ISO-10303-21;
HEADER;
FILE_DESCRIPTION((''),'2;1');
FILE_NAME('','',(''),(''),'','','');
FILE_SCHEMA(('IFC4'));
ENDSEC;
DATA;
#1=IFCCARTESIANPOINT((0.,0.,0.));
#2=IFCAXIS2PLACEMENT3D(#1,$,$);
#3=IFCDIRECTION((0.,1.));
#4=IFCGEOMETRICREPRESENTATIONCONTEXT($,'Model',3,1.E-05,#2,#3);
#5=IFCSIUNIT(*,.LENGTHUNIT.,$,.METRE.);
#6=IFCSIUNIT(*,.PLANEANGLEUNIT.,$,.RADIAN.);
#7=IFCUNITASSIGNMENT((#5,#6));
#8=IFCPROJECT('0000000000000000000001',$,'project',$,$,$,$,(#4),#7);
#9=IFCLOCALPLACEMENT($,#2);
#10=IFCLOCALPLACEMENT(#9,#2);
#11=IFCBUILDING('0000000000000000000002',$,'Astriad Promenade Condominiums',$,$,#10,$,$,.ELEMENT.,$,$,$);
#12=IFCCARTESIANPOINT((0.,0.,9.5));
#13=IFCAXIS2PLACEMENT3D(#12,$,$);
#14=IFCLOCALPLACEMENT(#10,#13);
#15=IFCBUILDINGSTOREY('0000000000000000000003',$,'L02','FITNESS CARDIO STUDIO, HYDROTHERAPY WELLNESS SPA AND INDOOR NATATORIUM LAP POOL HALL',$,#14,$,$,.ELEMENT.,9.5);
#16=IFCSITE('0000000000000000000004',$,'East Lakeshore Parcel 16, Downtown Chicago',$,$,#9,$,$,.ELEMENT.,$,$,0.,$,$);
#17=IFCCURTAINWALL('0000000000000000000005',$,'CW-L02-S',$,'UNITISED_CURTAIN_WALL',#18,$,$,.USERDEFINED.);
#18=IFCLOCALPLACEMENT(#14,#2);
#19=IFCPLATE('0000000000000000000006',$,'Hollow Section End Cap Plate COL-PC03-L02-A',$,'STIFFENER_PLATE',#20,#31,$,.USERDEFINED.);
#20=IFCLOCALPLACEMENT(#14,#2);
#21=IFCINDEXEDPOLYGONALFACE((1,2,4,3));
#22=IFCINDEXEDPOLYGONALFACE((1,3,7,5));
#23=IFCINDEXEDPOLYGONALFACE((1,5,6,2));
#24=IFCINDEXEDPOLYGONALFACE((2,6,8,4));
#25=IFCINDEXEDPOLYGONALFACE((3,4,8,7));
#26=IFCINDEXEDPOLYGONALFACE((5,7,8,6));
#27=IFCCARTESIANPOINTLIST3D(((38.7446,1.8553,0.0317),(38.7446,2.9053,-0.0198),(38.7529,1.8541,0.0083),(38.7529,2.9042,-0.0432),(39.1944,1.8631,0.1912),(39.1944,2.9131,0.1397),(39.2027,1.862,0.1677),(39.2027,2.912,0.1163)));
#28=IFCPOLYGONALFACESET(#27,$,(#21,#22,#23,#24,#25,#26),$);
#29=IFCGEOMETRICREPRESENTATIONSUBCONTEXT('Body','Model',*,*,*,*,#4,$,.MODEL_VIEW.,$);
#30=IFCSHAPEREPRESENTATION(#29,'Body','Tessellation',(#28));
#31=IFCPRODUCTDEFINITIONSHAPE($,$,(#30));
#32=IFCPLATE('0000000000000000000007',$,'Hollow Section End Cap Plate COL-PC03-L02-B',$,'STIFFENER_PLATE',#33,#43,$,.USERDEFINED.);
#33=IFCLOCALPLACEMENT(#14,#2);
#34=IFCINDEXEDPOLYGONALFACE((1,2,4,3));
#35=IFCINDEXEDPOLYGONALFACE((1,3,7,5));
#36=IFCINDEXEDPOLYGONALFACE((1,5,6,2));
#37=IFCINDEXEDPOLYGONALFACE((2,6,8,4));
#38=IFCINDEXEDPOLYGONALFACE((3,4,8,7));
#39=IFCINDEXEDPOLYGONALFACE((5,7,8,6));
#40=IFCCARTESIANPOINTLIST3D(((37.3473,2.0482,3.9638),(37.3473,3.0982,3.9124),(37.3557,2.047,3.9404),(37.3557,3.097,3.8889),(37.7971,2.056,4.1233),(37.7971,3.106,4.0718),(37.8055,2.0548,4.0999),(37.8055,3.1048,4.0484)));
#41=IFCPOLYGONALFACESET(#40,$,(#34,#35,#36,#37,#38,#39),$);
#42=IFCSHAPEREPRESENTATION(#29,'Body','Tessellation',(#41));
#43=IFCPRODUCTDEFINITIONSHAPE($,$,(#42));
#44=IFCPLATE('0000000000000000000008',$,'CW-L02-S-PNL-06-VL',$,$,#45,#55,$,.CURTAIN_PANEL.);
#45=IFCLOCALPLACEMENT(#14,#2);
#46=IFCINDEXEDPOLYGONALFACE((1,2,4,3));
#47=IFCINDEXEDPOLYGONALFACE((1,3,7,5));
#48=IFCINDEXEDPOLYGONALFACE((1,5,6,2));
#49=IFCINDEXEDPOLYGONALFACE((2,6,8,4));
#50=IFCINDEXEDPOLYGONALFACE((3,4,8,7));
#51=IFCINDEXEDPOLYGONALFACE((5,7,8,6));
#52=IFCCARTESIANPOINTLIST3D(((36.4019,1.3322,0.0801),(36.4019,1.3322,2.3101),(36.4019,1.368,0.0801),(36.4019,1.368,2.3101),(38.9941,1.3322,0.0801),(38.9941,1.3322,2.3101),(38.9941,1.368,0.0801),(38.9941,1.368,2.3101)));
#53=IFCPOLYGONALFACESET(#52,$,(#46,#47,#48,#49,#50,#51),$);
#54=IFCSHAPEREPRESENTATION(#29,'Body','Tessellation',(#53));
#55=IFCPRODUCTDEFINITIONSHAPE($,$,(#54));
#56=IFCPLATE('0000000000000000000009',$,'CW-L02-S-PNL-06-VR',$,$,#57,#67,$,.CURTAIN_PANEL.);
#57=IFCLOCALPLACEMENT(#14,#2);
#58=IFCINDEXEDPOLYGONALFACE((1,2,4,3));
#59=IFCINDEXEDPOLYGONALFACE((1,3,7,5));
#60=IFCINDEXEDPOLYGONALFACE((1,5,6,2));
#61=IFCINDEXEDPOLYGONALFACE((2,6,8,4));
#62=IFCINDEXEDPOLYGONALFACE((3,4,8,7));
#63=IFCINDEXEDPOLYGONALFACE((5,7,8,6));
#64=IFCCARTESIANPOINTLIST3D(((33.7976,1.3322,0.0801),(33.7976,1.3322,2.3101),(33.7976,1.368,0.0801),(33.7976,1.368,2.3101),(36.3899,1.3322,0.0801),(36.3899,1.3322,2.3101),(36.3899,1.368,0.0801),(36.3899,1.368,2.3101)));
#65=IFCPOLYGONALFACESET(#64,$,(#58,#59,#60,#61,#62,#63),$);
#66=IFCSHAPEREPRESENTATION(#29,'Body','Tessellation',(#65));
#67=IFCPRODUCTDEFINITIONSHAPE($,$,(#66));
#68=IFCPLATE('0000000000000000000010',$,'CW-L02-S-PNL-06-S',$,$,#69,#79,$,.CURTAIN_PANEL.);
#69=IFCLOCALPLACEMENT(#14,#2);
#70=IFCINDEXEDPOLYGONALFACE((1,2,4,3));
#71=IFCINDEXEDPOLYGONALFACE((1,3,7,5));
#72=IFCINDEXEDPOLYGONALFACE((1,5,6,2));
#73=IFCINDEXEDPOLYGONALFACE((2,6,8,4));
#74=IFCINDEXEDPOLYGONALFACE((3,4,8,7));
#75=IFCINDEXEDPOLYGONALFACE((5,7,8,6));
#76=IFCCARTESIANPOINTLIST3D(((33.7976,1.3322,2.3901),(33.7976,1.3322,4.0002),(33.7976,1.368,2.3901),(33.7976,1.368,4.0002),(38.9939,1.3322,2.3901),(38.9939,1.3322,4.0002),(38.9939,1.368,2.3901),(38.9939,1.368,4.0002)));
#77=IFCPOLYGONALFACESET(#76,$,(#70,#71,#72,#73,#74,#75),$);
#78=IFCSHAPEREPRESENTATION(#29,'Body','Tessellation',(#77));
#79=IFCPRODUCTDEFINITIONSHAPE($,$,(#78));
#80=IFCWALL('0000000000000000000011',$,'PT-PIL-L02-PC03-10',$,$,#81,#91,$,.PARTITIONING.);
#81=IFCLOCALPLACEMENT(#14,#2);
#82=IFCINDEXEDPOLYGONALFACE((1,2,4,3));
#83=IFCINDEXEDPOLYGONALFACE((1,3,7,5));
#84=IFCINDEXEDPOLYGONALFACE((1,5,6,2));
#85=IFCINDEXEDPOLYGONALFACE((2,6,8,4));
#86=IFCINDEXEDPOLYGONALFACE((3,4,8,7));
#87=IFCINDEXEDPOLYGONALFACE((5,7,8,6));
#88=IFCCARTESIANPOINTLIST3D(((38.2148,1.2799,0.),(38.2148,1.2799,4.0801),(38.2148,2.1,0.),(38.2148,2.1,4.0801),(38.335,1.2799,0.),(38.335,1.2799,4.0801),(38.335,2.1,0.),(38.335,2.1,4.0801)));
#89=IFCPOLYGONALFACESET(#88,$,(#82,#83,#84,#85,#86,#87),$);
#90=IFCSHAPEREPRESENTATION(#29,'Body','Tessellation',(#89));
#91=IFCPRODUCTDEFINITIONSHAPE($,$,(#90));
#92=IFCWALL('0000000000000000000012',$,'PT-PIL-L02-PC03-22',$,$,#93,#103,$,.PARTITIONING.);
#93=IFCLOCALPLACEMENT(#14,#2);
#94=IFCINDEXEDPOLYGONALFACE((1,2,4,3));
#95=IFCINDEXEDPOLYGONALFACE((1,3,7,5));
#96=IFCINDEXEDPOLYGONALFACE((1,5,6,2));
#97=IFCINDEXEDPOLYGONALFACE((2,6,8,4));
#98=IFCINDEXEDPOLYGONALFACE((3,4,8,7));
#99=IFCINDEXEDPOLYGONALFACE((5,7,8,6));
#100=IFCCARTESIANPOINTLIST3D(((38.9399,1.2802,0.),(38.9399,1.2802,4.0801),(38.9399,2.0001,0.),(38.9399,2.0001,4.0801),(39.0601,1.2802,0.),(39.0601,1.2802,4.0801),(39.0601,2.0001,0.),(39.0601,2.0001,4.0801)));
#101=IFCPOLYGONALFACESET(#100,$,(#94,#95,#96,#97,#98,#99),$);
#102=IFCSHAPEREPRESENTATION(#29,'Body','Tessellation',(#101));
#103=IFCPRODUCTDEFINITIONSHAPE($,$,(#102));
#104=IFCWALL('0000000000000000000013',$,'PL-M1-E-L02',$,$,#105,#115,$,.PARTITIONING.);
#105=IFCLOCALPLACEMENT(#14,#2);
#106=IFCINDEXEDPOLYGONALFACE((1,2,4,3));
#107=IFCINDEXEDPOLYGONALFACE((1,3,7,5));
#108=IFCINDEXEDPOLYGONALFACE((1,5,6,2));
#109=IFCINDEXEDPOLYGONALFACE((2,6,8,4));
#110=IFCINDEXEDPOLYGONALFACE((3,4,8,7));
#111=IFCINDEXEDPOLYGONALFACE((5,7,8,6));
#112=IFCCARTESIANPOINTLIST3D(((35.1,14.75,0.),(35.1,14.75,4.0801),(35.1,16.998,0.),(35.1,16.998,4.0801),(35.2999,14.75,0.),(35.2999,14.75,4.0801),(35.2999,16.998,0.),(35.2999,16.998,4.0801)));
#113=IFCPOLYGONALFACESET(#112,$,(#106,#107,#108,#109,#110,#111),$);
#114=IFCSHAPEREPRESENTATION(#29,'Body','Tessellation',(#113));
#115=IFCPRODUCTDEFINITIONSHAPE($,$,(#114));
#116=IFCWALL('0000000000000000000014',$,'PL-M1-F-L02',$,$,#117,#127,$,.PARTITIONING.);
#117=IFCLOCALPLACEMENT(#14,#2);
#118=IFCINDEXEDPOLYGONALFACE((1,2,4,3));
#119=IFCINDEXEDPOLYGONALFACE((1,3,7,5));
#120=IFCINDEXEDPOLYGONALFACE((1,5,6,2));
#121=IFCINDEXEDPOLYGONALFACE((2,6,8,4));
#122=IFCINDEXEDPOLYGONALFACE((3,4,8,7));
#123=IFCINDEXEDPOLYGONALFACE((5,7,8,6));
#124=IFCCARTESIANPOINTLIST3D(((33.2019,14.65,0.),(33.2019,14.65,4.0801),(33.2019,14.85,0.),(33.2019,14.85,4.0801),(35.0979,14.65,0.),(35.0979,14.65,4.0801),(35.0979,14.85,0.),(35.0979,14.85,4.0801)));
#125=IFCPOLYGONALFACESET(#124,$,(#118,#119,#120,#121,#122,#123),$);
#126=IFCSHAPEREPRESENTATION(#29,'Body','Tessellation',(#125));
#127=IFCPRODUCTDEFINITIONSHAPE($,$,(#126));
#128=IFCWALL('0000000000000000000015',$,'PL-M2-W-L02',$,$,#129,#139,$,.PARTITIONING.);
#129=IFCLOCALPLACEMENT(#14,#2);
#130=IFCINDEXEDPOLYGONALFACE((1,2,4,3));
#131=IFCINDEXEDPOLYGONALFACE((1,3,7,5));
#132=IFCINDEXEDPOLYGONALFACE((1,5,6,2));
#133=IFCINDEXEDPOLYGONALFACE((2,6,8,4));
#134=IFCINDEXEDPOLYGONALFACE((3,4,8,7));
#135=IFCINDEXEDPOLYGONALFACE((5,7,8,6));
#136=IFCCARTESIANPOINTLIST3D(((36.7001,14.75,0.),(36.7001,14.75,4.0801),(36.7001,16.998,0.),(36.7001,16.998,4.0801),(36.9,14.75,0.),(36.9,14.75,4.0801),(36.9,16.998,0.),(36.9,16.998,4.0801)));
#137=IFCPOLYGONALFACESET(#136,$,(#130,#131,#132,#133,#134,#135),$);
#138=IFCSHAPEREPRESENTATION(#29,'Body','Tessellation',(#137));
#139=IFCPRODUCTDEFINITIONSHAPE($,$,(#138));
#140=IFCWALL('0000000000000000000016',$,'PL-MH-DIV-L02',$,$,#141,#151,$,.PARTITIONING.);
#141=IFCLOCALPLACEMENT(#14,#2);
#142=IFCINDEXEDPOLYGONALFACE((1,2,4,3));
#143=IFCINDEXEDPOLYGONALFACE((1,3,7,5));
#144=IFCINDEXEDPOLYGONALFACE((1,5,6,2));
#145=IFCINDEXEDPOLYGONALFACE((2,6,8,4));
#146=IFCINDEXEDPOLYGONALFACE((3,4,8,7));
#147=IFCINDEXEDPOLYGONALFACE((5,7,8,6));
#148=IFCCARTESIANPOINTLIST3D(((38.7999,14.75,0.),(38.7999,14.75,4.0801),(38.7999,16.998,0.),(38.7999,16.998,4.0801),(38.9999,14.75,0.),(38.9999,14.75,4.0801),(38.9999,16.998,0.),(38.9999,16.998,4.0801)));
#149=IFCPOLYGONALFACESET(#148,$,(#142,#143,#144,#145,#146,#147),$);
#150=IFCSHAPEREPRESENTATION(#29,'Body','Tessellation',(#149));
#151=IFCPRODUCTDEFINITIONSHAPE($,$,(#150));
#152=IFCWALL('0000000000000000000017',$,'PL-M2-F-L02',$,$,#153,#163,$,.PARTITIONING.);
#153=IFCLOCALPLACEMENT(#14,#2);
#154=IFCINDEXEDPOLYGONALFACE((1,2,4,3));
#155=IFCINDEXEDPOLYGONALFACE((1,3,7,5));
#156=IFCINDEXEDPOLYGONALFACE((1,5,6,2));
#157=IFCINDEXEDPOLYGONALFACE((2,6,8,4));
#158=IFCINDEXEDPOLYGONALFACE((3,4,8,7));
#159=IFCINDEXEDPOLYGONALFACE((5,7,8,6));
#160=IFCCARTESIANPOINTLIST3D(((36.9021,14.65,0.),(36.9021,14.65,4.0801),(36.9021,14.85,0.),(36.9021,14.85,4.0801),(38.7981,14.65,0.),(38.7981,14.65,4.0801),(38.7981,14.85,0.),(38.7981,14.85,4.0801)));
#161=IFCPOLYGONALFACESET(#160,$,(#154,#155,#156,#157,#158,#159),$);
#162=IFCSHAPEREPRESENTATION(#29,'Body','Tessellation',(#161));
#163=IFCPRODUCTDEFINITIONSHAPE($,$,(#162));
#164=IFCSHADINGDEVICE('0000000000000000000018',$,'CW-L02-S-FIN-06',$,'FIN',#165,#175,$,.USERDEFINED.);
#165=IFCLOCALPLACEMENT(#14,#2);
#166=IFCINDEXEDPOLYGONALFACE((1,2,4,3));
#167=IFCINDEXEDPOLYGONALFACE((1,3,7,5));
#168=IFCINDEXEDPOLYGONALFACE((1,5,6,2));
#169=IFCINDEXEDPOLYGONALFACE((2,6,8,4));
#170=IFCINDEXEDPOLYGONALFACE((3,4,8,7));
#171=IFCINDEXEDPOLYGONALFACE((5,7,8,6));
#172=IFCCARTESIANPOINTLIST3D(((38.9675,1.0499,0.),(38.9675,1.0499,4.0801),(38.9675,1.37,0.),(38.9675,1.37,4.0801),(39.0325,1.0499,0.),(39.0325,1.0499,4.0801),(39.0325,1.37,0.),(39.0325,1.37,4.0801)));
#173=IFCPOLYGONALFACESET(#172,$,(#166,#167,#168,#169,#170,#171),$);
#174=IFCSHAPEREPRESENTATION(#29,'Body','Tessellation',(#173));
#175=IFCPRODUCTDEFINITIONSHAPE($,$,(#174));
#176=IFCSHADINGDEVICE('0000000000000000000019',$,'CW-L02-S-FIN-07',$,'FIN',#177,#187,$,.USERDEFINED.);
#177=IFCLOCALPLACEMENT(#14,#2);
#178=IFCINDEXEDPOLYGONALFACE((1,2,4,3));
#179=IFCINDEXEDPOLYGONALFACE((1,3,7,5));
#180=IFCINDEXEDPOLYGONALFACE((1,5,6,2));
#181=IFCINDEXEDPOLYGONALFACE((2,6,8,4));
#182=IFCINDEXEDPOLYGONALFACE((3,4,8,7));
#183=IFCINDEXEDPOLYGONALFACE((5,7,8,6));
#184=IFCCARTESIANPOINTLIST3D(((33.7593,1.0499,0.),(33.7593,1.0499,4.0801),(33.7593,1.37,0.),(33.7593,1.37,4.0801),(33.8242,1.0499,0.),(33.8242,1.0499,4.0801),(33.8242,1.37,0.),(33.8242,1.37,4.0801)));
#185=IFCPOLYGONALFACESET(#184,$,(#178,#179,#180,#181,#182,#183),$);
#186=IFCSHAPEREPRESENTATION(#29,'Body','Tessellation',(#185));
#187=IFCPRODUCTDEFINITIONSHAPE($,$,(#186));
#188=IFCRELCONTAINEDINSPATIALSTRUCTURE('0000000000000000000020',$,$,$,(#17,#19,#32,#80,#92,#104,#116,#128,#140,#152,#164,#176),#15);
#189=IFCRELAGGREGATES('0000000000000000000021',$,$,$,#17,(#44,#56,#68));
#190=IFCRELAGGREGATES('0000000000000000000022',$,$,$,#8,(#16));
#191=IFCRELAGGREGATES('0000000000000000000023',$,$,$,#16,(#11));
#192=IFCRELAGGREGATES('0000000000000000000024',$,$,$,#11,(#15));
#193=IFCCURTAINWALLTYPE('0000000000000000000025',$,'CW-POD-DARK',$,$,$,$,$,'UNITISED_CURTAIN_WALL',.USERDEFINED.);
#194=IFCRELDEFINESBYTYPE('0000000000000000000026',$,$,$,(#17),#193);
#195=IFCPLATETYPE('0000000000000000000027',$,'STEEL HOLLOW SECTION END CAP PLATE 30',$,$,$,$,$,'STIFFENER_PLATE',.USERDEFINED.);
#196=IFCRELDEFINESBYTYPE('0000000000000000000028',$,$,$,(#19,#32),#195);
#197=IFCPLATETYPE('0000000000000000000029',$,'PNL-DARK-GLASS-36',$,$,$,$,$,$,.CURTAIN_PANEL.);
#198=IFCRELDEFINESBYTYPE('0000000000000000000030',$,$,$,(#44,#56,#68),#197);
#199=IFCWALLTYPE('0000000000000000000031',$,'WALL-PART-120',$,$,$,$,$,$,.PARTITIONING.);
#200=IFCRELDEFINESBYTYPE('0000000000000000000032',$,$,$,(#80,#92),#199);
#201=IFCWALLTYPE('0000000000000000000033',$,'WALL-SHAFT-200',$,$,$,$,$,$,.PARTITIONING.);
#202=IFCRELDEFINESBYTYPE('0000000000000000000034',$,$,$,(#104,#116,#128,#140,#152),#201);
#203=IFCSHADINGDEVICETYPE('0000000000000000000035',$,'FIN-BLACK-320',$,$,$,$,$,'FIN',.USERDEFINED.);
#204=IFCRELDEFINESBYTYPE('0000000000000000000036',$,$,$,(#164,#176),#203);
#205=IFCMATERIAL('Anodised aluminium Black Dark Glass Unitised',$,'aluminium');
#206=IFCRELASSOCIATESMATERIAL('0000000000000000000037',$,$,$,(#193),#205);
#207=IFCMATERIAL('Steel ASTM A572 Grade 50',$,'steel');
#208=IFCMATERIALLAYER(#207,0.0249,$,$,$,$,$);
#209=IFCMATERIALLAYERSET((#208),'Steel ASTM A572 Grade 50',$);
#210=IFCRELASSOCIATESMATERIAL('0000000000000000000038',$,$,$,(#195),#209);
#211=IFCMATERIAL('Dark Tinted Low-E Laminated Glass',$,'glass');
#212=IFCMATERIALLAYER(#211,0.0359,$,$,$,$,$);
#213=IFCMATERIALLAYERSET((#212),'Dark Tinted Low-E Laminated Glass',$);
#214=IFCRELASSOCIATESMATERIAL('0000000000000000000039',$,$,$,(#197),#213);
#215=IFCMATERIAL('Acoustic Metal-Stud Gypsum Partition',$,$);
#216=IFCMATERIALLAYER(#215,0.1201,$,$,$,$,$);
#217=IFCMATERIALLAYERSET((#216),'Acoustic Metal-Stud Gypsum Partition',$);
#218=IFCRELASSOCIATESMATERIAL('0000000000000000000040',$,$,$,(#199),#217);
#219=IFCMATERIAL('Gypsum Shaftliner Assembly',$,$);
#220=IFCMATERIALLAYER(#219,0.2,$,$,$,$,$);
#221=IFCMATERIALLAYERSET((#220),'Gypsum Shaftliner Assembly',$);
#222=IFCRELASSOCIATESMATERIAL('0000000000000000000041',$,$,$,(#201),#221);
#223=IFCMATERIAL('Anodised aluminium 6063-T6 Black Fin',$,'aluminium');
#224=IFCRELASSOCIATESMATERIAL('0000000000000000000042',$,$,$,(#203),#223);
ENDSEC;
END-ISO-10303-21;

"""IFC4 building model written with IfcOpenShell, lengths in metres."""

from ifc_helpers import new_model, si_unit, direction, frame, frame_2d, origin, origin_2d, place, context, subcontext, project, spatial, rectangle, extrude, source, transform, mapped, material, layer, layer_set, type_object, type_shapes, element, aggregate, save


model = new_model("IFC4")

# Units and contexts
model_context = context("Model", 3, precision=1e-05, world=origin(), true_north=direction((0.0, 1.0)))
body_context = subcontext(model_context, "Body", "Model", "MODEL_VIEW")
ifc_project = project(units=[si_unit("LENGTHUNIT", "METRE"), si_unit("PLANEANGLEUNIT", "RADIAN")], contexts=[model_context])

# Site, building, storey
site_placement = place(None, origin())
site = spatial("IfcSite", under=ifc_project, at=site_placement, Name="East Lakeshore Parcel 16, Downtown Chicago", CompositionType="ELEMENT", RefElevation=0.0)
building_placement = place(site_placement, origin())
building = spatial("IfcBuilding", under=site, at=building_placement, Name="Astriad Promenade Condominiums", CompositionType="ELEMENT")
storey_placement = place(building_placement, frame((0.0, 0.0, 9.5)))
storey = spatial("IfcBuildingStorey", under=building, at=storey_placement, Name="L02", Description="FITNESS CARDIO STUDIO, HYDROTHERAPY WELLNESS SPA AND INDOOR NATATORIUM LAP POOL HALL", CompositionType="ELEMENT", Elevation=9.5)

# Curtain wall
ifc_material_1 = material(Name="Anodised aluminium Black Dark Glass Unitised", Category="aluminium")
curtain_wall_type = type_object("IfcCurtainWallType", Name="CW-POD-DARK", ElementType="UNITISED_CURTAIN_WALL", PredefinedType="USERDEFINED", material=ifc_material_1)
curtain_wall_placement = place(storey_placement, origin())
curtain_wall = element("IfcCurtainWall", 1, at=curtain_wall_placement, inside=storey, type_object=curtain_wall_type, Name="CW-L02-S", ObjectType="UNITISED_CURTAIN_WALL", PredefinedType="USERDEFINED")

# Plates
ifc_material_2 = material(Name="Steel ASTM A572 Grade 50", Category="steel")
ifc_layer_1 = layer(ifc_material_2, 0.0249)
ifc_layer_set_1 = layer_set([ifc_layer_1], Name="Steel ASTM A572 Grade 50")
plate_type_1 = type_object("IfcPlateType", Name="STEEL HOLLOW SECTION END CAP PLATE 30", ElementType="STIFFENER_PLATE", PredefinedType="USERDEFINED", material=ifc_layer_set_1)
shared_shape_1 = source(origin(), body_context, "Body", "SweptSolid", [
    extrude(rectangle(XDim=0.4773, YDim=1.0513, at=origin_2d()), origin(), (0.0, 0.0, 1.0), 0.0249),
])
type_shapes(plate_type_1, [shared_shape_1])
for number, where, z_axis, x_axis, name in (
    (2, (38.9778, 2.3831, 0.0623), (-0.334513, 0.046143, 0.941261), (1.0, 0.0, 0.0), "Hollow Section End Cap Plate COL-PC03-L02-A"),
    (3, (37.5806, 2.5759, 3.9944), (-0.334513, 0.046143, 0.941261), (1.0, 0.0, 0.0), "Hollow Section End Cap Plate COL-PC03-L02-B"),
):
    element("IfcPlate", number, at=place(storey_placement, frame(where, z_axis=z_axis, x_axis=x_axis)), inside=storey, type_object=plate_type_1, Name=name, ObjectType="STIFFENER_PLATE", PredefinedType="USERDEFINED", context=body_context, shape_type="MappedRepresentation", body=[
        mapped(shared_shape_1, transform((0.0, 0.0, 0.0), scale=1.0)),
    ])

# Plates
ifc_material_3 = material(Name="Dark Tinted Low-E Laminated Glass", Category="glass")
ifc_layer_2 = layer(ifc_material_3, 0.0359)
ifc_layer_set_2 = layer_set([ifc_layer_2], Name="Dark Tinted Low-E Laminated Glass")
plate_type_2 = type_object("IfcPlateType", Name="PNL-DARK-GLASS-36", PredefinedType="CURTAIN_PANEL", material=ifc_layer_set_2)
shared_shape_2 = source(origin(), body_context, "Body", "SweptSolid", [
    extrude(rectangle(XDim=2.5923, YDim=0.0359, at=origin_2d()), origin(), (0.0, 0.0, 1.0), 2.23),
])
plate_1_placement = place(storey_placement, frame((37.698, 1.3501, 0.0801), z_axis=(0.0, 0.0, 1.0), x_axis=(-1.0, 0.0, 0.0)))
plate_1 = element("IfcPlate", 4, at=plate_1_placement, type_object=plate_type_2, Name="CW-L02-S-PNL-06-VL", PredefinedType="CURTAIN_PANEL", context=body_context, shape_type="MappedRepresentation", body=[
    mapped(shared_shape_2, transform((0.0, 0.0, 0.0), scale=1.0)),
])
plate_2_placement = place(storey_placement, frame((35.0938, 1.3501, 0.0801), z_axis=(0.0, 0.0, 1.0), x_axis=(-1.0, 0.0, 0.0)))
plate_2 = element("IfcPlate", 5, at=plate_2_placement, type_object=plate_type_2, Name="CW-L02-S-PNL-06-VR", PredefinedType="CURTAIN_PANEL", context=body_context, shape_type="MappedRepresentation", body=[
    mapped(shared_shape_2, transform((0.0, 0.0, 0.0), scale=1.0)),
])
shared_shape_3 = source(origin(), body_context, "Body", "SweptSolid", [
    extrude(rectangle(XDim=5.1963, YDim=0.0359, at=origin_2d()), origin(), (0.0, 0.0, 1.0), 1.6101),
])
type_shapes(plate_type_2, [shared_shape_2, shared_shape_3])
plate_3_placement = place(storey_placement, frame((36.3958, 1.3501, 2.3901), z_axis=(0.0, 0.0, 1.0), x_axis=(-1.0, 0.0, 0.0)))
plate_3 = element("IfcPlate", 6, at=plate_3_placement, type_object=plate_type_2, Name="CW-L02-S-PNL-06-S", PredefinedType="CURTAIN_PANEL", context=body_context, shape_type="MappedRepresentation", body=[
    mapped(shared_shape_3, transform((0.0, 0.0, 0.0), scale=1.0)),
])
aggregate(curtain_wall, [plate_1, plate_2, plate_3])

# Walls
ifc_material_4 = material(Name="Acoustic Metal-Stud Gypsum Partition")
ifc_layer_3 = layer(ifc_material_4, 0.1201)
ifc_layer_set_3 = layer_set([ifc_layer_3], Name="Acoustic Metal-Stud Gypsum Partition")
wall_type_1 = type_object("IfcWallType", Name="WALL-PART-120", PredefinedType="PARTITIONING", material=ifc_layer_set_3)
wall_1_placement = place(storey_placement, frame((38.2749, 2.1001, 0.0), z_axis=(0.0, 0.0, 1.0), x_axis=(0.0, -1.0, 0.0)))
element("IfcWall", 7, at=wall_1_placement, inside=storey, type_object=wall_type_1, Name="PT-PIL-L02-PC03-10", PredefinedType="PARTITIONING", context=body_context, shape_type="SweptSolid", body=[
    extrude(rectangle(XDim=0.8201, YDim=0.1201, at=frame_2d((0.4102, 0.0))), origin(), (0.0, 0.0, 1.0), 4.0801),
])
wall_2_placement = place(storey_placement, frame((39.0, 2.0, 0.0), z_axis=(0.0, 0.0, 1.0), x_axis=(0.0, -1.0, 0.0)))
element("IfcWall", 8, at=wall_2_placement, inside=storey, type_object=wall_type_1, Name="PT-PIL-L02-PC03-22", PredefinedType="PARTITIONING", context=body_context, shape_type="SweptSolid", body=[
    extrude(rectangle(XDim=0.72, YDim=0.1201, at=frame_2d((0.3599, 0.0))), origin(), (0.0, 0.0, 1.0), 4.0801),
])
ifc_material_5 = material(Name="Gypsum Shaftliner Assembly")
ifc_layer_4 = layer(ifc_material_5, 0.2)
ifc_layer_set_4 = layer_set([ifc_layer_4], Name="Gypsum Shaftliner Assembly")
wall_type_2 = type_object("IfcWallType", Name="WALL-SHAFT-200", PredefinedType="PARTITIONING", material=ifc_layer_set_4)
wall_3_placement = place(storey_placement, frame((35.2, 14.75, 0.0), z_axis=(0.0, 0.0, 1.0), x_axis=(0.0, 1.0, 0.0)))
element("IfcWall", 9, at=wall_3_placement, inside=storey, type_object=wall_type_2, Name="PL-M1-E-L02", PredefinedType="PARTITIONING", context=body_context, shape_type="SweptSolid", body=[
    extrude(rectangle(XDim=2.248, YDim=0.2, at=frame_2d((1.124, 0.0))), origin(), (0.0, 0.0, 1.0), 4.0801),
])
wall_4_placement = place(storey_placement, frame((33.2019, 14.75, 0.0), z_axis=(0.0, 0.0, 1.0), x_axis=(1.0, 0.0, 0.0)))
element("IfcWall", 10, at=wall_4_placement, inside=storey, type_object=wall_type_2, Name="PL-M1-F-L02", PredefinedType="PARTITIONING", context=body_context, shape_type="SweptSolid", body=[
    extrude(rectangle(XDim=1.896, YDim=0.2, at=frame_2d((0.948, 0.0))), origin(), (0.0, 0.0, 1.0), 4.0801),
])
for number, where, z_axis, x_axis, name in (
    (11, (36.8, 14.75, 0.0), (0.0, 0.0, 1.0), (0.0, 1.0, 0.0), "PL-M2-W-L02"),
    (12, (38.8999, 14.75, 0.0), (0.0, 0.0, 1.0), (0.0, 1.0, 0.0), "PL-MH-DIV-L02"),
):
    element("IfcWall", number, at=place(storey_placement, frame(where, z_axis=z_axis, x_axis=x_axis)), inside=storey, type_object=wall_type_2, Name=name, PredefinedType="PARTITIONING", context=body_context, shape_type="SweptSolid", body=[
        extrude(rectangle(XDim=2.248, YDim=0.2, at=frame_2d((1.124, 0.0))), origin(), (0.0, 0.0, 1.0), 4.0801),
    ])
wall_5_placement = place(storey_placement, frame((36.9021, 14.75, 0.0), z_axis=(0.0, 0.0, 1.0), x_axis=(1.0, 0.0, 0.0)))
element("IfcWall", 13, at=wall_5_placement, inside=storey, type_object=wall_type_2, Name="PL-M2-F-L02", PredefinedType="PARTITIONING", context=body_context, shape_type="SweptSolid", body=[
    extrude(rectangle(XDim=1.896, YDim=0.2, at=frame_2d((0.948, 0.0))), origin(), (0.0, 0.0, 1.0), 4.0801),
])

# Shading devices
ifc_material_6 = material(Name="Anodised aluminium 6063-T6 Black Fin", Category="aluminium")
shading_device_type = type_object("IfcShadingDeviceType", Name="FIN-BLACK-320", ElementType="FIN", PredefinedType="USERDEFINED", material=ifc_material_6)
shared_shape_4 = source(origin(), body_context, "Body", "SweptSolid", [
    extrude(rectangle(XDim=0.0649, YDim=0.3201, at=origin_2d()), origin(), (0.0, 0.0, 1.0), 4.0801),
])
type_shapes(shading_device_type, [shared_shape_4])
for number, where, z_axis, x_axis, name in (
    (14, (39.0, 1.21, 0.0), (0.0, 0.0, 1.0), (-1.0, 0.0, 0.0), "CW-L02-S-FIN-06"),
    (15, (33.7917, 1.21, 0.0), (0.0, 0.0, 1.0), (-1.0, 0.0, 0.0), "CW-L02-S-FIN-07"),
):
    element("IfcShadingDevice", number, at=place(storey_placement, frame(where, z_axis=z_axis, x_axis=x_axis)), inside=storey, type_object=shading_device_type, Name=name, ObjectType="FIN", PredefinedType="USERDEFINED", context=body_context, shape_type="MappedRepresentation", body=[
        mapped(shared_shape_4, transform((0.0, 0.0, 0.0), scale=1.0)),
    ])

save(model, "model.ifc")
